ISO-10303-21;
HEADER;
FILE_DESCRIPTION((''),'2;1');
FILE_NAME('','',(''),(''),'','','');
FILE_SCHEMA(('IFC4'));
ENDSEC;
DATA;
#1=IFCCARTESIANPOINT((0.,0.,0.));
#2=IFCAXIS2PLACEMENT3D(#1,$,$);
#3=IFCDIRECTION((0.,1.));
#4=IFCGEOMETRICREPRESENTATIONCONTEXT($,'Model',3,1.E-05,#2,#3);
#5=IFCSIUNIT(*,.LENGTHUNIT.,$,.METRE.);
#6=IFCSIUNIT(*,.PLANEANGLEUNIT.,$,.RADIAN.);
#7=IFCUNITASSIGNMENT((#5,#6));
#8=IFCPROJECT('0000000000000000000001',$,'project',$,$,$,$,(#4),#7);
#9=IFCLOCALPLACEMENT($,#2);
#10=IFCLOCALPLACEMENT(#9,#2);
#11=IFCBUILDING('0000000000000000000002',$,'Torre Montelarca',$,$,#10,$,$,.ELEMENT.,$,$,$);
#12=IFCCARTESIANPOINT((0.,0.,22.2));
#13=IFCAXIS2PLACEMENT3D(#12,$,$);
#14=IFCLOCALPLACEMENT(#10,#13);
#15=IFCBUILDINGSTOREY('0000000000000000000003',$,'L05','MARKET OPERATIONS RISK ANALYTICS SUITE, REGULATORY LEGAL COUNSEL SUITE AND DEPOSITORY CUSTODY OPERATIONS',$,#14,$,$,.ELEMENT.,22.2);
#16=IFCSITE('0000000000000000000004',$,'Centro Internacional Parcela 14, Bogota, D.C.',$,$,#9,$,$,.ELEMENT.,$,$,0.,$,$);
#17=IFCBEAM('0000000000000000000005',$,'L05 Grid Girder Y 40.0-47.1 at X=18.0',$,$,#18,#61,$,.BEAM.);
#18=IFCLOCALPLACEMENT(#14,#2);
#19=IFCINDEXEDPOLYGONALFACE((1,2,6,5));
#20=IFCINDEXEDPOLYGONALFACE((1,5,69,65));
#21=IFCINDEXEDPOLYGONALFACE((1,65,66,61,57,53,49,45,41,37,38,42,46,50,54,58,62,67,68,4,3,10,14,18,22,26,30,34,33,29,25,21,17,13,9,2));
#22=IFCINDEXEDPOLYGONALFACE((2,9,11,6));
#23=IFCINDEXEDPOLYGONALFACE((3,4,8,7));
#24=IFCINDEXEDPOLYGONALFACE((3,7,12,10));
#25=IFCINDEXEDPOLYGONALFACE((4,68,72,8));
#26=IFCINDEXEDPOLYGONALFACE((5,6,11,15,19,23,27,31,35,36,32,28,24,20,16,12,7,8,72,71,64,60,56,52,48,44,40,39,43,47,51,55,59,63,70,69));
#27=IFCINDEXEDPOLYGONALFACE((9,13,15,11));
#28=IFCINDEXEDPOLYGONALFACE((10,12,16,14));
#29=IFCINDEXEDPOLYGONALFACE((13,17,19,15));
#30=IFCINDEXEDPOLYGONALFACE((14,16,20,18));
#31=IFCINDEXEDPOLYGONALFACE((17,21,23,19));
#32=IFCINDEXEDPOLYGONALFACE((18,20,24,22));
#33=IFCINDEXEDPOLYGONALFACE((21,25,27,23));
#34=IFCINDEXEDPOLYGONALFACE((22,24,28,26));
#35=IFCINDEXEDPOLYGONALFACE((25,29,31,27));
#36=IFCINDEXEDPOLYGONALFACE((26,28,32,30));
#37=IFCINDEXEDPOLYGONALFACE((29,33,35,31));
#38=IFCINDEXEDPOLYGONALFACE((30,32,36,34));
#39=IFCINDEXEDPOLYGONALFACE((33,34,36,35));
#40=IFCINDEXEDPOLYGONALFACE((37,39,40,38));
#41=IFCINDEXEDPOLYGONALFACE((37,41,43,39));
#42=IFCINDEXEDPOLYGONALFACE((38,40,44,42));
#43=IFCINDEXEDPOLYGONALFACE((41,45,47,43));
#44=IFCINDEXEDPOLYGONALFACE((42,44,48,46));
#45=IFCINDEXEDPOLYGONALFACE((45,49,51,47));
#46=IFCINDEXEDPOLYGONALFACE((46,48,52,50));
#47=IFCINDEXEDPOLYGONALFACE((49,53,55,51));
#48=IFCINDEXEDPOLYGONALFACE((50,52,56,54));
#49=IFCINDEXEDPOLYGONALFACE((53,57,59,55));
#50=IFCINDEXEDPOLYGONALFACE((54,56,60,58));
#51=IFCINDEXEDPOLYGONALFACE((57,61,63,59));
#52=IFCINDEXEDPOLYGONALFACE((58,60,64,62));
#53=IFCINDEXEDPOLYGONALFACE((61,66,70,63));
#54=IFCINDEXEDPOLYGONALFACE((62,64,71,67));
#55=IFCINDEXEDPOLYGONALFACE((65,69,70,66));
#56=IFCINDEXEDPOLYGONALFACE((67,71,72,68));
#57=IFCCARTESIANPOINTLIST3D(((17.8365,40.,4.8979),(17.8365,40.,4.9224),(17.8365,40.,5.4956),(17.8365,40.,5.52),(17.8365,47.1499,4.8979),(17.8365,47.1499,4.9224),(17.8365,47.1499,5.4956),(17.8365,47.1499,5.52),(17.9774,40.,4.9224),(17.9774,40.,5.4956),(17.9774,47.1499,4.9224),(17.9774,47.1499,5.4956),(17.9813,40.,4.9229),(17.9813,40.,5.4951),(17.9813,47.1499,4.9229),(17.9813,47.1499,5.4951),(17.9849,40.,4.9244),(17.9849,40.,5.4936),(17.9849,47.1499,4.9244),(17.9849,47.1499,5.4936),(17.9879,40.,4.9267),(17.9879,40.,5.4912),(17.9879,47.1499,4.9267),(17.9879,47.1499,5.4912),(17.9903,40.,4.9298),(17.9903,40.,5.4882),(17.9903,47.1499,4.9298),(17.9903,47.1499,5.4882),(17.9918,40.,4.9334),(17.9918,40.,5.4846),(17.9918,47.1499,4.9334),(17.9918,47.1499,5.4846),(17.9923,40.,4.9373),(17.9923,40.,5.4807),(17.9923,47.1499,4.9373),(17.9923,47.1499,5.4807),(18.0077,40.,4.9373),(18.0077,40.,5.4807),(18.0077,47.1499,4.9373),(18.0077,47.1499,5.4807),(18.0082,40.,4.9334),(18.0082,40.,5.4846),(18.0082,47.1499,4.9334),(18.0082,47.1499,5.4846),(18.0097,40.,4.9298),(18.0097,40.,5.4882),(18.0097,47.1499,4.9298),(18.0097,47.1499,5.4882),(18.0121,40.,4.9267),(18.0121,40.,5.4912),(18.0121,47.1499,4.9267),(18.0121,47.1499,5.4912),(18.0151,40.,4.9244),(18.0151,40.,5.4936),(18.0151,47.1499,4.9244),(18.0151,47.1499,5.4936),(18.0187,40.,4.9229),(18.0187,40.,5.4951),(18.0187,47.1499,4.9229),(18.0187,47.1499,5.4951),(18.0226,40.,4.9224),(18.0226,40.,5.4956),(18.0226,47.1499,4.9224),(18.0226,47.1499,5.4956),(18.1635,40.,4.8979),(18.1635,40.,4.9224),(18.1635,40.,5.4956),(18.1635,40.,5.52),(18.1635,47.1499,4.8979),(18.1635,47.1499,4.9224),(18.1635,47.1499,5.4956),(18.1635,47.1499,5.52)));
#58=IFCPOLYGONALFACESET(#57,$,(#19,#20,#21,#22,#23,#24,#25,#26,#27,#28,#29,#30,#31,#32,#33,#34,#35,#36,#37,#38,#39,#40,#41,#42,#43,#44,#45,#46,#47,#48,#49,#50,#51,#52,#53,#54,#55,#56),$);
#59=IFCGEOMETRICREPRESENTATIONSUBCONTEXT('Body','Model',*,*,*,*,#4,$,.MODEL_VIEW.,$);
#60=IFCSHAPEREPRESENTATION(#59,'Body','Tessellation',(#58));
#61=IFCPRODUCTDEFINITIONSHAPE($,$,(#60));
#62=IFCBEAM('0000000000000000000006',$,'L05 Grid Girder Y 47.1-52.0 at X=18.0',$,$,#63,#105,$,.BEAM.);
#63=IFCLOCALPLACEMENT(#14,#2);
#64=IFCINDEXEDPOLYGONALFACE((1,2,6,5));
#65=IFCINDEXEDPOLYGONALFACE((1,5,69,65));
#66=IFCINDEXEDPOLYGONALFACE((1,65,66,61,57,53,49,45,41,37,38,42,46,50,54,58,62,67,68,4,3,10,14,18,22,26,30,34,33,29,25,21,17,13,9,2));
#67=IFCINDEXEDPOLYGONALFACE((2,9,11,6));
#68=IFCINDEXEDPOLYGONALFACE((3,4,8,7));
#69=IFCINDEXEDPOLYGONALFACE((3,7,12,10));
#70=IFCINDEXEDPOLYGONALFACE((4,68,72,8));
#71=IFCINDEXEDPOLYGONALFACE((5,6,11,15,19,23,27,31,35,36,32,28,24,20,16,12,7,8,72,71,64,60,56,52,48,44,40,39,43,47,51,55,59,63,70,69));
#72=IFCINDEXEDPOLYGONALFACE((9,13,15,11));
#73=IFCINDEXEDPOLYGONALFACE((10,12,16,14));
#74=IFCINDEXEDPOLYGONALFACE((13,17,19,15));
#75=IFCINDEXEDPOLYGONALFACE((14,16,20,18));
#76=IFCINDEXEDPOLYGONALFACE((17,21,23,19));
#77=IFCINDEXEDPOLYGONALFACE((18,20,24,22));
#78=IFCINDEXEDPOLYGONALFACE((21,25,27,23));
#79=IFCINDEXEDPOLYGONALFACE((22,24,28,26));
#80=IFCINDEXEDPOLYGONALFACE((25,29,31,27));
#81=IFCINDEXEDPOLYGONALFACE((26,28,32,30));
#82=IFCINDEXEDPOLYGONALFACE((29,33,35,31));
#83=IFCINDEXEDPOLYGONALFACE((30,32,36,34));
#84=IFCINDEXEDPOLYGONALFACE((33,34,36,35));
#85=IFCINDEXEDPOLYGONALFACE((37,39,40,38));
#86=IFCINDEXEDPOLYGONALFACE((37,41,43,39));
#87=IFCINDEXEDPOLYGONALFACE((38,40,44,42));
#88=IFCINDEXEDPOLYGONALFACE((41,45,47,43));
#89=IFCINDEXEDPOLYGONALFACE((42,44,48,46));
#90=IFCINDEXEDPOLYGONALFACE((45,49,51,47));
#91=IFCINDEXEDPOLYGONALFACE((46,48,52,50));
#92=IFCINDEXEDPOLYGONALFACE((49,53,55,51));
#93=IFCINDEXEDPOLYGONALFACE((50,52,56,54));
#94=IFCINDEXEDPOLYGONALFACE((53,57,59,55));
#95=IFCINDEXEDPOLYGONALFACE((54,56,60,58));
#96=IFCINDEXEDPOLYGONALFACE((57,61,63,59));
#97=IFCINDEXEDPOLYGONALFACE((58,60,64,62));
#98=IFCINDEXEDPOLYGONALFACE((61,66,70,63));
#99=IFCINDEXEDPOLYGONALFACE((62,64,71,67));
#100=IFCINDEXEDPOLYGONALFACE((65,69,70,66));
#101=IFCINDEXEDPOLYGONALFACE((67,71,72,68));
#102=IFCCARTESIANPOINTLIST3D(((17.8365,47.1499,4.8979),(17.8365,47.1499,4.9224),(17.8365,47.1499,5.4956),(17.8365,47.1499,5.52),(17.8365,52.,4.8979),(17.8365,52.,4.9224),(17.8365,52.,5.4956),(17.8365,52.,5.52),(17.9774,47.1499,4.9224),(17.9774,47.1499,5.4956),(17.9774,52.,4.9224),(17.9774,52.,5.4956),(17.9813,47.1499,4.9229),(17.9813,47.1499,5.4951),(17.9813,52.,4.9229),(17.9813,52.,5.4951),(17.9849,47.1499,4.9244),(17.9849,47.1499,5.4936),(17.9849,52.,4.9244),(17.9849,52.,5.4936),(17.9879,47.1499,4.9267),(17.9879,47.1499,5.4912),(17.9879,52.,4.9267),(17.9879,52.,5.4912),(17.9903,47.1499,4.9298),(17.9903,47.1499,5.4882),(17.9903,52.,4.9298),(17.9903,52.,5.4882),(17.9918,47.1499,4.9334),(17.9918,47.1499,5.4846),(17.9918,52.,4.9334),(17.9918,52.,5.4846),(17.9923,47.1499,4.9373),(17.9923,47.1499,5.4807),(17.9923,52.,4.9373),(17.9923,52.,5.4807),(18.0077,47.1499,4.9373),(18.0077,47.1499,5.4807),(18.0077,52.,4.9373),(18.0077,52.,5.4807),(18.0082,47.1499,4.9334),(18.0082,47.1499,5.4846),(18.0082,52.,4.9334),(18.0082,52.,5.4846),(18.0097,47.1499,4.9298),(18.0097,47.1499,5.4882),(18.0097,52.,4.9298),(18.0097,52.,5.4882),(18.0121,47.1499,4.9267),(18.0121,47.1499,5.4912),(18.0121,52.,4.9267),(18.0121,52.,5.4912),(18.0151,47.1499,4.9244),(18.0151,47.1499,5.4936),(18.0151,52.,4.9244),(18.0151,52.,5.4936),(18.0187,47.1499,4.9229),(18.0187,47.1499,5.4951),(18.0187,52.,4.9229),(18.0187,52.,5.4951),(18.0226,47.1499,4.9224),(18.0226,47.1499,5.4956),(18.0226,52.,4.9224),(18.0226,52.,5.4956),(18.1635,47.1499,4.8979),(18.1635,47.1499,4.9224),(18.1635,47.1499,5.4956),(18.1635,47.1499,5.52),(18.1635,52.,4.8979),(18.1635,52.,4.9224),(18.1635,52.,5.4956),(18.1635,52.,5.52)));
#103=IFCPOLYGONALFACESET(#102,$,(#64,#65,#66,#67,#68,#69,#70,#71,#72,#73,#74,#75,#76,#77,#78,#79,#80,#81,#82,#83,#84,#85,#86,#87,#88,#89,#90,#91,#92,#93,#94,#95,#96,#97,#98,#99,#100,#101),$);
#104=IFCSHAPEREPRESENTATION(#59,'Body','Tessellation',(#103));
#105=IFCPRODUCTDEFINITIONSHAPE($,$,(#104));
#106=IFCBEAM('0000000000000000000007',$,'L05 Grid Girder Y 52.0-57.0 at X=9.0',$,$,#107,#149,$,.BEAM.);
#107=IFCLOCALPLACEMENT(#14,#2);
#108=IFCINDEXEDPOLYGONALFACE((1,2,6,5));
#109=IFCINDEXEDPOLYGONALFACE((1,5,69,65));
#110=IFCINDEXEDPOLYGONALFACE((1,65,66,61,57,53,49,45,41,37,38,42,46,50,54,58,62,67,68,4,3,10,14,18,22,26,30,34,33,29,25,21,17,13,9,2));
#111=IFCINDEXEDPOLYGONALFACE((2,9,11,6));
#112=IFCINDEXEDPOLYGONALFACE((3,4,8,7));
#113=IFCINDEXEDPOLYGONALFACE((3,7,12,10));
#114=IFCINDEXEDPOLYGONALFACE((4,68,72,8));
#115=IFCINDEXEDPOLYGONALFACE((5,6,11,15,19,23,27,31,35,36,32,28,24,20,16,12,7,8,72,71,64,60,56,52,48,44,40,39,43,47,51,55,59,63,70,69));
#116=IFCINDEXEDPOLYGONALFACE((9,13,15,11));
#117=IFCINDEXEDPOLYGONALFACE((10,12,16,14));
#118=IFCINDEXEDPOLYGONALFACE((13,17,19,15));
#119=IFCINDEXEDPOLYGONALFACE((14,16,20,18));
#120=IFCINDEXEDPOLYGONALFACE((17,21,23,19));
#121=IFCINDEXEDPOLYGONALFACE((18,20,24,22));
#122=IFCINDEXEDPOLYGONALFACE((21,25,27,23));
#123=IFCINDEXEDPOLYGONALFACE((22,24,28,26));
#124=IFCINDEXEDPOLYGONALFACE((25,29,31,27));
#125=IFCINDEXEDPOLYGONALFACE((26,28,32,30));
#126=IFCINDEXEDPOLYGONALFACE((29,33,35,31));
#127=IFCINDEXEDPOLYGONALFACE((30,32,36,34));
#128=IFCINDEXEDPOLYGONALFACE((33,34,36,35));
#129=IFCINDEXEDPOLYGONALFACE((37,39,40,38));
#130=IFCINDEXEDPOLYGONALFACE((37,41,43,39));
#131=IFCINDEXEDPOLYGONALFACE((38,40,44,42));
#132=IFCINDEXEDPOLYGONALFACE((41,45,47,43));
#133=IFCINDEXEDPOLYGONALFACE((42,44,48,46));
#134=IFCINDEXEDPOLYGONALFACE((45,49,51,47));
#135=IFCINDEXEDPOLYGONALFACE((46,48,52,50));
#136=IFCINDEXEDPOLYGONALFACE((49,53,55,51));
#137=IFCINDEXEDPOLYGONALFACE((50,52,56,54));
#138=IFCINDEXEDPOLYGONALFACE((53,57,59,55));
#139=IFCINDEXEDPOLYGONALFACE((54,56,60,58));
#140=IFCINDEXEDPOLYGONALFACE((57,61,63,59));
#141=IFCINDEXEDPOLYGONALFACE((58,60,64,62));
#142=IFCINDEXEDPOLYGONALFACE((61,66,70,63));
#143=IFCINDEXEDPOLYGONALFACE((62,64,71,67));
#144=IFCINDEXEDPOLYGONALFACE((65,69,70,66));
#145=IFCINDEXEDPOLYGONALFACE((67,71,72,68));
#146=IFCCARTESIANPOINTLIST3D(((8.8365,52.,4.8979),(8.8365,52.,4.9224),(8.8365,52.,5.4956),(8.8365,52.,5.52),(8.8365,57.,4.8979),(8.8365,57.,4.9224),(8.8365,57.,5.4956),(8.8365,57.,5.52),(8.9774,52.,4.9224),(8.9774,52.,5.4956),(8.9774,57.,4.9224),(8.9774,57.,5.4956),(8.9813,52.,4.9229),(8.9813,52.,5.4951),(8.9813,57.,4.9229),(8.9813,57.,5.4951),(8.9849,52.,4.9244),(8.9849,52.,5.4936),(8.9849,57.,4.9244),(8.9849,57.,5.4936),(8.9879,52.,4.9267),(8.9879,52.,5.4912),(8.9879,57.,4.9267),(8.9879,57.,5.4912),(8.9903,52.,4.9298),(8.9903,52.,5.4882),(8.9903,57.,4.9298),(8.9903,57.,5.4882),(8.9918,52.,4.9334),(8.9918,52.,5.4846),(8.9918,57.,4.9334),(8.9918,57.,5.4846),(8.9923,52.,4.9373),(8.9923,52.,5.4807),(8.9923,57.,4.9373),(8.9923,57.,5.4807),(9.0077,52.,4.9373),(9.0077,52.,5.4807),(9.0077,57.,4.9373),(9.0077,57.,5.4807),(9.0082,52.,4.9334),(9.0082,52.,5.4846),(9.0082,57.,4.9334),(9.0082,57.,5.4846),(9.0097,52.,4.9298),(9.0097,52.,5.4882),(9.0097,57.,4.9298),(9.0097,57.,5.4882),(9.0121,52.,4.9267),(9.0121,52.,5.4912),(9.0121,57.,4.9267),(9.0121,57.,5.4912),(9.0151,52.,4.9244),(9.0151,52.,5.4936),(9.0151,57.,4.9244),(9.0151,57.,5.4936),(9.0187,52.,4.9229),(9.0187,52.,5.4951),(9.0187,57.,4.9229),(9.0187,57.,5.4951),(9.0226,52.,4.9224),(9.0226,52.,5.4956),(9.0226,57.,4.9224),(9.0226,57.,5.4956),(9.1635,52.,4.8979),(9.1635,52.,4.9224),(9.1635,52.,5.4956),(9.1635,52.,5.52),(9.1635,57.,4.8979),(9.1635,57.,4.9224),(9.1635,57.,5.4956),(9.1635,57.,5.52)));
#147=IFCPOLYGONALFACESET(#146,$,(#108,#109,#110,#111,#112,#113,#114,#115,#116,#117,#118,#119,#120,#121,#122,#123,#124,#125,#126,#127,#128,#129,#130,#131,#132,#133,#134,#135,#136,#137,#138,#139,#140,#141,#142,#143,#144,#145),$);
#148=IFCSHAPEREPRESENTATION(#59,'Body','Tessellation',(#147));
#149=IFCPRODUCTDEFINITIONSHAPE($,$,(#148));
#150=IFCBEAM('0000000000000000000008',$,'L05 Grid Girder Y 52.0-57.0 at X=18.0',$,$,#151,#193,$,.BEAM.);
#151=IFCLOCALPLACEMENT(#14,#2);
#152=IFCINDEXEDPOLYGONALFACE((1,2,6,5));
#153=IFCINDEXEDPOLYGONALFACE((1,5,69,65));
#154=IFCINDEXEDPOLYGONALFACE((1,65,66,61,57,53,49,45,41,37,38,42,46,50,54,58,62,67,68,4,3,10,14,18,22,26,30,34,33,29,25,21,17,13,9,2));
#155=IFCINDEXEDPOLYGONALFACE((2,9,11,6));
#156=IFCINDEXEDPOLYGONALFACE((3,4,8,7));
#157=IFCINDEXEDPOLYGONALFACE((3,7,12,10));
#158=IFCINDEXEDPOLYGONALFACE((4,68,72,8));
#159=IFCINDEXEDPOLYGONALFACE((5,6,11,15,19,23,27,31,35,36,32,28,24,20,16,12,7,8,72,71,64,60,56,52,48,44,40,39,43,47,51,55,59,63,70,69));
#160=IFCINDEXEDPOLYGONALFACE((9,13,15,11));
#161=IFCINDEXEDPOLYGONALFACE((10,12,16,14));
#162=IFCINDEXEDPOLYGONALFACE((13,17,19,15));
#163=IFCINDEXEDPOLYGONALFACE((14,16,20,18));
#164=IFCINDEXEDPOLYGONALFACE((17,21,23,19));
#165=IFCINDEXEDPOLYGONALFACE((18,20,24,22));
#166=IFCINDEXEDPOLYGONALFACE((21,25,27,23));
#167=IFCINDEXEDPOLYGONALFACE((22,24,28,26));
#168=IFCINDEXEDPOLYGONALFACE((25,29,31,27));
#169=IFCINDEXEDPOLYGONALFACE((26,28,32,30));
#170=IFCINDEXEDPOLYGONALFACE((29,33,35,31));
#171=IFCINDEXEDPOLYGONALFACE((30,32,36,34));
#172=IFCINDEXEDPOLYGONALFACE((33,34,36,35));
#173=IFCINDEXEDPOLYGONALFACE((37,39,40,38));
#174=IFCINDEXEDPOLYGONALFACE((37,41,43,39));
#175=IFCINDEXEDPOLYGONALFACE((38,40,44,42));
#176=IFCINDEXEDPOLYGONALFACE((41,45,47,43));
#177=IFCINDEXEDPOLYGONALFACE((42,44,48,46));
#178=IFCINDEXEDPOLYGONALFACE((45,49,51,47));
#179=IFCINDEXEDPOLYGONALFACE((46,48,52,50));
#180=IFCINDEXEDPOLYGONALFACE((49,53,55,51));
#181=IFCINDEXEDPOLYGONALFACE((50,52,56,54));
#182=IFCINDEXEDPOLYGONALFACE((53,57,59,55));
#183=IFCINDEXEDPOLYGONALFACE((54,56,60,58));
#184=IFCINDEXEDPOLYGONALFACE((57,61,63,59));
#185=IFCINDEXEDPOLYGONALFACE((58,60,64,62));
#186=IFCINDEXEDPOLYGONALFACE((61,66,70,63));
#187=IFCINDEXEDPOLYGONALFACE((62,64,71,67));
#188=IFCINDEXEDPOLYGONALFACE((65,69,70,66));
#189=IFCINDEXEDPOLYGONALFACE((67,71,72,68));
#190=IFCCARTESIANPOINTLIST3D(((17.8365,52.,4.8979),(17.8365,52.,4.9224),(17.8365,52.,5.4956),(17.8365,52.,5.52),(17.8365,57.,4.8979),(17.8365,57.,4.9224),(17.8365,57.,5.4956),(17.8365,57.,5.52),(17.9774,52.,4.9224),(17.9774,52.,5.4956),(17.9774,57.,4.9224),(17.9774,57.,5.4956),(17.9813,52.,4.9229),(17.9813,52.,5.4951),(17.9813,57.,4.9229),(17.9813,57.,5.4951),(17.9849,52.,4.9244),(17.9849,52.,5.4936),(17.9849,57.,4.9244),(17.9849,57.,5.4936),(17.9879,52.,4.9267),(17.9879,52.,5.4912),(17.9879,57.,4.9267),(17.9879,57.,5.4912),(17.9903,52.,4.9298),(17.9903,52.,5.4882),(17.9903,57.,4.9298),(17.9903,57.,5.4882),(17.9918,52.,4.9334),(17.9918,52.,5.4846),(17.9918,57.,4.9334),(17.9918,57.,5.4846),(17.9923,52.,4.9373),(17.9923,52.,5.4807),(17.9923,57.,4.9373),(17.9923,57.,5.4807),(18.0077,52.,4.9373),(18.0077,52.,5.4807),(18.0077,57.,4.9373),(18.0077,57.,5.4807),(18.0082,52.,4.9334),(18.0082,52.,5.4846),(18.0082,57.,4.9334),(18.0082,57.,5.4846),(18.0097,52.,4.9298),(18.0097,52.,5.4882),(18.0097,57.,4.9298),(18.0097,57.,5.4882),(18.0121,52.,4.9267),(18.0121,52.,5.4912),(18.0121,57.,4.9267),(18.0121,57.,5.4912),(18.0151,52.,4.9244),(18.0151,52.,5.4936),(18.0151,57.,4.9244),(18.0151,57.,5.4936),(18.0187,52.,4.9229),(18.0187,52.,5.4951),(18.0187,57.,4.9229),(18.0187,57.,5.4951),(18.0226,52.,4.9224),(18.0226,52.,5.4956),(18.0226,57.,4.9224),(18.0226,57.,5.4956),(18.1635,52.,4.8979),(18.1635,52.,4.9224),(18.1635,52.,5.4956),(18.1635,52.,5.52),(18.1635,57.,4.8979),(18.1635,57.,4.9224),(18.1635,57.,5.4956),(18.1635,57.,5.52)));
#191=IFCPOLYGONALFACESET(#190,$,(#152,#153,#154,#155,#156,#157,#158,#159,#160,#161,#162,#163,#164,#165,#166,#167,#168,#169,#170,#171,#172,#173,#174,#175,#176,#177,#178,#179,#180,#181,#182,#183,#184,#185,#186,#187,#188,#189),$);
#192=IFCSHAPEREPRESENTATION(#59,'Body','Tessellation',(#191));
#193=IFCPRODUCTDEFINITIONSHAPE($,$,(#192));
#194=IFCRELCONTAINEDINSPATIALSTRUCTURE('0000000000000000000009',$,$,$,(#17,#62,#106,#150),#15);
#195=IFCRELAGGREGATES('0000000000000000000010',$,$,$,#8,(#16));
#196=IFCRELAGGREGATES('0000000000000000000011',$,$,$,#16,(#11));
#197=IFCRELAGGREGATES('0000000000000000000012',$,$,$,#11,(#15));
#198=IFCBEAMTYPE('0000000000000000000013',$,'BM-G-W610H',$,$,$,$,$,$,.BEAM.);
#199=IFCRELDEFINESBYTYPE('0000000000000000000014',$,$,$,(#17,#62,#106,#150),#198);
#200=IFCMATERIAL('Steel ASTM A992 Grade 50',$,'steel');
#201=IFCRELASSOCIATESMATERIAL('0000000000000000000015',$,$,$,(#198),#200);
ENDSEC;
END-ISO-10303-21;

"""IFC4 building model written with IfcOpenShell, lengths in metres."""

from ifc_helpers import new_model, si_unit, direction, frame, origin, origin_2d, place, context, subcontext, project, spatial, i_section, extrude, source, transform, mapped, material, material_profile, profile_set, type_object, element, save


model = new_model("IFC4")

# Units and contexts
model_context = context("Model", 3, precision=1e-05, world=origin(), true_north=direction((0.0, 1.0)))
body_context = subcontext(model_context, "Body", "Model", "MODEL_VIEW")
ifc_project = project(units=[si_unit("LENGTHUNIT", "METRE"), si_unit("PLANEANGLEUNIT", "RADIAN")], contexts=[model_context])

# Site, building, storey
site_placement = place(None, origin())
site = spatial("IfcSite", under=ifc_project, at=site_placement, Name="Centro Internacional Parcela 14, Bogota, D.C.", CompositionType="ELEMENT", RefElevation=0.0)
building_placement = place(site_placement, origin())
building = spatial("IfcBuilding", under=site, at=building_placement, Name="Torre Montelarca", CompositionType="ELEMENT")
storey_placement = place(building_placement, frame((0.0, 0.0, 22.2)))
storey = spatial("IfcBuildingStorey", under=building, at=storey_placement, Name="L05", Description="MARKET OPERATIONS RISK ANALYTICS SUITE, REGULATORY LEGAL COUNSEL SUITE AND DEPOSITORY CUSTODY OPERATIONS", CompositionType="ELEMENT", Elevation=22.2)

# Beams
ifc_material_1 = material(Name="Steel ASTM A992 Grade 50", Category="steel")
ifc_material_profile_1 = material_profile(ifc_material_1, i_section(OverallWidth=0.3269, OverallDepth=0.6221, WebThickness=0.0154, FlangeThickness=0.0244, FilletRadius=0.0149, at=origin_2d()), Name="W610X195", Category="steel")
ifc_profile_set_1 = profile_set([ifc_material_profile_1], Name="Steel ASTM A992 Grade 50")
beam_type_1 = type_object("IfcBeamType", Name="BM-G-W610H", PredefinedType="BEAM", material=ifc_profile_set_1)
shared_shape_1 = source(origin(), body_context, "Body", "SweptSolid", [
    extrude(i_section(OverallWidth=0.3269, OverallDepth=0.6221, WebThickness=0.0154, FlangeThickness=0.0244, FilletRadius=0.0149, at=origin_2d()), origin(), (0.0, 0.0, 1.0), 7.1499),
])
beam_1_placement = place(storey_placement, frame((18.0, 40.0, 5.209), z_axis=(0.0, 1.0, 0.0), x_axis=(-1.0, 0.0, 0.0)))
element("IfcBeam", 1, at=beam_1_placement, inside=storey, type_object=beam_type_1, Name="L05 Grid Girder Y 40.0-47.1 at X=18.0", PredefinedType="BEAM", context=body_context, shape_type="MappedRepresentation", body=[
    mapped(shared_shape_1, transform((0.0, 0.0, 0.0), scale=1.0)),
])
shared_shape_2 = source(origin(), body_context, "Body", "SweptSolid", [
    extrude(i_section(OverallWidth=0.3269, OverallDepth=0.6221, WebThickness=0.0154, FlangeThickness=0.0244, FilletRadius=0.0149, at=origin_2d()), origin(), (0.0, 0.0, 1.0), 4.8501),
])
beam_2_placement = place(storey_placement, frame((18.0, 47.1499, 5.209), z_axis=(0.0, 1.0, 0.0), x_axis=(-1.0, 0.0, 0.0)))
element("IfcBeam", 2, at=beam_2_placement, inside=storey, type_object=beam_type_1, Name="L05 Grid Girder Y 47.1-52.0 at X=18.0", PredefinedType="BEAM", context=body_context, shape_type="MappedRepresentation", body=[
    mapped(shared_shape_2, transform((0.0, 0.0, 0.0), scale=1.0)),
])
shared_shape_3 = source(origin(), body_context, "Body", "SweptSolid", [
    extrude(i_section(OverallWidth=0.3269, OverallDepth=0.6221, WebThickness=0.0154, FlangeThickness=0.0244, FilletRadius=0.0149, at=origin_2d()), origin(), (0.0, 0.0, 1.0), 5.0),
])
for number, where, z_axis, x_axis, name in (
    (3, (9.0, 52.0, 5.209), (0.0, 1.0, 0.0), (-1.0, 0.0, 0.0), "L05 Grid Girder Y 52.0-57.0 at X=9.0"),
    (4, (18.0, 52.0, 5.209), (0.0, 1.0, 0.0), (-1.0, 0.0, 0.0), "L05 Grid Girder Y 52.0-57.0 at X=18.0"),
):
    element("IfcBeam", number, at=place(storey_placement, frame(where, z_axis=z_axis, x_axis=x_axis)), inside=storey, type_object=beam_type_1, Name=name, PredefinedType="BEAM", context=body_context, shape_type="MappedRepresentation", body=[
        mapped(shared_shape_3, transform((0.0, 0.0, 0.0), scale=1.0)),
    ])

save(model, "model.ifc")
